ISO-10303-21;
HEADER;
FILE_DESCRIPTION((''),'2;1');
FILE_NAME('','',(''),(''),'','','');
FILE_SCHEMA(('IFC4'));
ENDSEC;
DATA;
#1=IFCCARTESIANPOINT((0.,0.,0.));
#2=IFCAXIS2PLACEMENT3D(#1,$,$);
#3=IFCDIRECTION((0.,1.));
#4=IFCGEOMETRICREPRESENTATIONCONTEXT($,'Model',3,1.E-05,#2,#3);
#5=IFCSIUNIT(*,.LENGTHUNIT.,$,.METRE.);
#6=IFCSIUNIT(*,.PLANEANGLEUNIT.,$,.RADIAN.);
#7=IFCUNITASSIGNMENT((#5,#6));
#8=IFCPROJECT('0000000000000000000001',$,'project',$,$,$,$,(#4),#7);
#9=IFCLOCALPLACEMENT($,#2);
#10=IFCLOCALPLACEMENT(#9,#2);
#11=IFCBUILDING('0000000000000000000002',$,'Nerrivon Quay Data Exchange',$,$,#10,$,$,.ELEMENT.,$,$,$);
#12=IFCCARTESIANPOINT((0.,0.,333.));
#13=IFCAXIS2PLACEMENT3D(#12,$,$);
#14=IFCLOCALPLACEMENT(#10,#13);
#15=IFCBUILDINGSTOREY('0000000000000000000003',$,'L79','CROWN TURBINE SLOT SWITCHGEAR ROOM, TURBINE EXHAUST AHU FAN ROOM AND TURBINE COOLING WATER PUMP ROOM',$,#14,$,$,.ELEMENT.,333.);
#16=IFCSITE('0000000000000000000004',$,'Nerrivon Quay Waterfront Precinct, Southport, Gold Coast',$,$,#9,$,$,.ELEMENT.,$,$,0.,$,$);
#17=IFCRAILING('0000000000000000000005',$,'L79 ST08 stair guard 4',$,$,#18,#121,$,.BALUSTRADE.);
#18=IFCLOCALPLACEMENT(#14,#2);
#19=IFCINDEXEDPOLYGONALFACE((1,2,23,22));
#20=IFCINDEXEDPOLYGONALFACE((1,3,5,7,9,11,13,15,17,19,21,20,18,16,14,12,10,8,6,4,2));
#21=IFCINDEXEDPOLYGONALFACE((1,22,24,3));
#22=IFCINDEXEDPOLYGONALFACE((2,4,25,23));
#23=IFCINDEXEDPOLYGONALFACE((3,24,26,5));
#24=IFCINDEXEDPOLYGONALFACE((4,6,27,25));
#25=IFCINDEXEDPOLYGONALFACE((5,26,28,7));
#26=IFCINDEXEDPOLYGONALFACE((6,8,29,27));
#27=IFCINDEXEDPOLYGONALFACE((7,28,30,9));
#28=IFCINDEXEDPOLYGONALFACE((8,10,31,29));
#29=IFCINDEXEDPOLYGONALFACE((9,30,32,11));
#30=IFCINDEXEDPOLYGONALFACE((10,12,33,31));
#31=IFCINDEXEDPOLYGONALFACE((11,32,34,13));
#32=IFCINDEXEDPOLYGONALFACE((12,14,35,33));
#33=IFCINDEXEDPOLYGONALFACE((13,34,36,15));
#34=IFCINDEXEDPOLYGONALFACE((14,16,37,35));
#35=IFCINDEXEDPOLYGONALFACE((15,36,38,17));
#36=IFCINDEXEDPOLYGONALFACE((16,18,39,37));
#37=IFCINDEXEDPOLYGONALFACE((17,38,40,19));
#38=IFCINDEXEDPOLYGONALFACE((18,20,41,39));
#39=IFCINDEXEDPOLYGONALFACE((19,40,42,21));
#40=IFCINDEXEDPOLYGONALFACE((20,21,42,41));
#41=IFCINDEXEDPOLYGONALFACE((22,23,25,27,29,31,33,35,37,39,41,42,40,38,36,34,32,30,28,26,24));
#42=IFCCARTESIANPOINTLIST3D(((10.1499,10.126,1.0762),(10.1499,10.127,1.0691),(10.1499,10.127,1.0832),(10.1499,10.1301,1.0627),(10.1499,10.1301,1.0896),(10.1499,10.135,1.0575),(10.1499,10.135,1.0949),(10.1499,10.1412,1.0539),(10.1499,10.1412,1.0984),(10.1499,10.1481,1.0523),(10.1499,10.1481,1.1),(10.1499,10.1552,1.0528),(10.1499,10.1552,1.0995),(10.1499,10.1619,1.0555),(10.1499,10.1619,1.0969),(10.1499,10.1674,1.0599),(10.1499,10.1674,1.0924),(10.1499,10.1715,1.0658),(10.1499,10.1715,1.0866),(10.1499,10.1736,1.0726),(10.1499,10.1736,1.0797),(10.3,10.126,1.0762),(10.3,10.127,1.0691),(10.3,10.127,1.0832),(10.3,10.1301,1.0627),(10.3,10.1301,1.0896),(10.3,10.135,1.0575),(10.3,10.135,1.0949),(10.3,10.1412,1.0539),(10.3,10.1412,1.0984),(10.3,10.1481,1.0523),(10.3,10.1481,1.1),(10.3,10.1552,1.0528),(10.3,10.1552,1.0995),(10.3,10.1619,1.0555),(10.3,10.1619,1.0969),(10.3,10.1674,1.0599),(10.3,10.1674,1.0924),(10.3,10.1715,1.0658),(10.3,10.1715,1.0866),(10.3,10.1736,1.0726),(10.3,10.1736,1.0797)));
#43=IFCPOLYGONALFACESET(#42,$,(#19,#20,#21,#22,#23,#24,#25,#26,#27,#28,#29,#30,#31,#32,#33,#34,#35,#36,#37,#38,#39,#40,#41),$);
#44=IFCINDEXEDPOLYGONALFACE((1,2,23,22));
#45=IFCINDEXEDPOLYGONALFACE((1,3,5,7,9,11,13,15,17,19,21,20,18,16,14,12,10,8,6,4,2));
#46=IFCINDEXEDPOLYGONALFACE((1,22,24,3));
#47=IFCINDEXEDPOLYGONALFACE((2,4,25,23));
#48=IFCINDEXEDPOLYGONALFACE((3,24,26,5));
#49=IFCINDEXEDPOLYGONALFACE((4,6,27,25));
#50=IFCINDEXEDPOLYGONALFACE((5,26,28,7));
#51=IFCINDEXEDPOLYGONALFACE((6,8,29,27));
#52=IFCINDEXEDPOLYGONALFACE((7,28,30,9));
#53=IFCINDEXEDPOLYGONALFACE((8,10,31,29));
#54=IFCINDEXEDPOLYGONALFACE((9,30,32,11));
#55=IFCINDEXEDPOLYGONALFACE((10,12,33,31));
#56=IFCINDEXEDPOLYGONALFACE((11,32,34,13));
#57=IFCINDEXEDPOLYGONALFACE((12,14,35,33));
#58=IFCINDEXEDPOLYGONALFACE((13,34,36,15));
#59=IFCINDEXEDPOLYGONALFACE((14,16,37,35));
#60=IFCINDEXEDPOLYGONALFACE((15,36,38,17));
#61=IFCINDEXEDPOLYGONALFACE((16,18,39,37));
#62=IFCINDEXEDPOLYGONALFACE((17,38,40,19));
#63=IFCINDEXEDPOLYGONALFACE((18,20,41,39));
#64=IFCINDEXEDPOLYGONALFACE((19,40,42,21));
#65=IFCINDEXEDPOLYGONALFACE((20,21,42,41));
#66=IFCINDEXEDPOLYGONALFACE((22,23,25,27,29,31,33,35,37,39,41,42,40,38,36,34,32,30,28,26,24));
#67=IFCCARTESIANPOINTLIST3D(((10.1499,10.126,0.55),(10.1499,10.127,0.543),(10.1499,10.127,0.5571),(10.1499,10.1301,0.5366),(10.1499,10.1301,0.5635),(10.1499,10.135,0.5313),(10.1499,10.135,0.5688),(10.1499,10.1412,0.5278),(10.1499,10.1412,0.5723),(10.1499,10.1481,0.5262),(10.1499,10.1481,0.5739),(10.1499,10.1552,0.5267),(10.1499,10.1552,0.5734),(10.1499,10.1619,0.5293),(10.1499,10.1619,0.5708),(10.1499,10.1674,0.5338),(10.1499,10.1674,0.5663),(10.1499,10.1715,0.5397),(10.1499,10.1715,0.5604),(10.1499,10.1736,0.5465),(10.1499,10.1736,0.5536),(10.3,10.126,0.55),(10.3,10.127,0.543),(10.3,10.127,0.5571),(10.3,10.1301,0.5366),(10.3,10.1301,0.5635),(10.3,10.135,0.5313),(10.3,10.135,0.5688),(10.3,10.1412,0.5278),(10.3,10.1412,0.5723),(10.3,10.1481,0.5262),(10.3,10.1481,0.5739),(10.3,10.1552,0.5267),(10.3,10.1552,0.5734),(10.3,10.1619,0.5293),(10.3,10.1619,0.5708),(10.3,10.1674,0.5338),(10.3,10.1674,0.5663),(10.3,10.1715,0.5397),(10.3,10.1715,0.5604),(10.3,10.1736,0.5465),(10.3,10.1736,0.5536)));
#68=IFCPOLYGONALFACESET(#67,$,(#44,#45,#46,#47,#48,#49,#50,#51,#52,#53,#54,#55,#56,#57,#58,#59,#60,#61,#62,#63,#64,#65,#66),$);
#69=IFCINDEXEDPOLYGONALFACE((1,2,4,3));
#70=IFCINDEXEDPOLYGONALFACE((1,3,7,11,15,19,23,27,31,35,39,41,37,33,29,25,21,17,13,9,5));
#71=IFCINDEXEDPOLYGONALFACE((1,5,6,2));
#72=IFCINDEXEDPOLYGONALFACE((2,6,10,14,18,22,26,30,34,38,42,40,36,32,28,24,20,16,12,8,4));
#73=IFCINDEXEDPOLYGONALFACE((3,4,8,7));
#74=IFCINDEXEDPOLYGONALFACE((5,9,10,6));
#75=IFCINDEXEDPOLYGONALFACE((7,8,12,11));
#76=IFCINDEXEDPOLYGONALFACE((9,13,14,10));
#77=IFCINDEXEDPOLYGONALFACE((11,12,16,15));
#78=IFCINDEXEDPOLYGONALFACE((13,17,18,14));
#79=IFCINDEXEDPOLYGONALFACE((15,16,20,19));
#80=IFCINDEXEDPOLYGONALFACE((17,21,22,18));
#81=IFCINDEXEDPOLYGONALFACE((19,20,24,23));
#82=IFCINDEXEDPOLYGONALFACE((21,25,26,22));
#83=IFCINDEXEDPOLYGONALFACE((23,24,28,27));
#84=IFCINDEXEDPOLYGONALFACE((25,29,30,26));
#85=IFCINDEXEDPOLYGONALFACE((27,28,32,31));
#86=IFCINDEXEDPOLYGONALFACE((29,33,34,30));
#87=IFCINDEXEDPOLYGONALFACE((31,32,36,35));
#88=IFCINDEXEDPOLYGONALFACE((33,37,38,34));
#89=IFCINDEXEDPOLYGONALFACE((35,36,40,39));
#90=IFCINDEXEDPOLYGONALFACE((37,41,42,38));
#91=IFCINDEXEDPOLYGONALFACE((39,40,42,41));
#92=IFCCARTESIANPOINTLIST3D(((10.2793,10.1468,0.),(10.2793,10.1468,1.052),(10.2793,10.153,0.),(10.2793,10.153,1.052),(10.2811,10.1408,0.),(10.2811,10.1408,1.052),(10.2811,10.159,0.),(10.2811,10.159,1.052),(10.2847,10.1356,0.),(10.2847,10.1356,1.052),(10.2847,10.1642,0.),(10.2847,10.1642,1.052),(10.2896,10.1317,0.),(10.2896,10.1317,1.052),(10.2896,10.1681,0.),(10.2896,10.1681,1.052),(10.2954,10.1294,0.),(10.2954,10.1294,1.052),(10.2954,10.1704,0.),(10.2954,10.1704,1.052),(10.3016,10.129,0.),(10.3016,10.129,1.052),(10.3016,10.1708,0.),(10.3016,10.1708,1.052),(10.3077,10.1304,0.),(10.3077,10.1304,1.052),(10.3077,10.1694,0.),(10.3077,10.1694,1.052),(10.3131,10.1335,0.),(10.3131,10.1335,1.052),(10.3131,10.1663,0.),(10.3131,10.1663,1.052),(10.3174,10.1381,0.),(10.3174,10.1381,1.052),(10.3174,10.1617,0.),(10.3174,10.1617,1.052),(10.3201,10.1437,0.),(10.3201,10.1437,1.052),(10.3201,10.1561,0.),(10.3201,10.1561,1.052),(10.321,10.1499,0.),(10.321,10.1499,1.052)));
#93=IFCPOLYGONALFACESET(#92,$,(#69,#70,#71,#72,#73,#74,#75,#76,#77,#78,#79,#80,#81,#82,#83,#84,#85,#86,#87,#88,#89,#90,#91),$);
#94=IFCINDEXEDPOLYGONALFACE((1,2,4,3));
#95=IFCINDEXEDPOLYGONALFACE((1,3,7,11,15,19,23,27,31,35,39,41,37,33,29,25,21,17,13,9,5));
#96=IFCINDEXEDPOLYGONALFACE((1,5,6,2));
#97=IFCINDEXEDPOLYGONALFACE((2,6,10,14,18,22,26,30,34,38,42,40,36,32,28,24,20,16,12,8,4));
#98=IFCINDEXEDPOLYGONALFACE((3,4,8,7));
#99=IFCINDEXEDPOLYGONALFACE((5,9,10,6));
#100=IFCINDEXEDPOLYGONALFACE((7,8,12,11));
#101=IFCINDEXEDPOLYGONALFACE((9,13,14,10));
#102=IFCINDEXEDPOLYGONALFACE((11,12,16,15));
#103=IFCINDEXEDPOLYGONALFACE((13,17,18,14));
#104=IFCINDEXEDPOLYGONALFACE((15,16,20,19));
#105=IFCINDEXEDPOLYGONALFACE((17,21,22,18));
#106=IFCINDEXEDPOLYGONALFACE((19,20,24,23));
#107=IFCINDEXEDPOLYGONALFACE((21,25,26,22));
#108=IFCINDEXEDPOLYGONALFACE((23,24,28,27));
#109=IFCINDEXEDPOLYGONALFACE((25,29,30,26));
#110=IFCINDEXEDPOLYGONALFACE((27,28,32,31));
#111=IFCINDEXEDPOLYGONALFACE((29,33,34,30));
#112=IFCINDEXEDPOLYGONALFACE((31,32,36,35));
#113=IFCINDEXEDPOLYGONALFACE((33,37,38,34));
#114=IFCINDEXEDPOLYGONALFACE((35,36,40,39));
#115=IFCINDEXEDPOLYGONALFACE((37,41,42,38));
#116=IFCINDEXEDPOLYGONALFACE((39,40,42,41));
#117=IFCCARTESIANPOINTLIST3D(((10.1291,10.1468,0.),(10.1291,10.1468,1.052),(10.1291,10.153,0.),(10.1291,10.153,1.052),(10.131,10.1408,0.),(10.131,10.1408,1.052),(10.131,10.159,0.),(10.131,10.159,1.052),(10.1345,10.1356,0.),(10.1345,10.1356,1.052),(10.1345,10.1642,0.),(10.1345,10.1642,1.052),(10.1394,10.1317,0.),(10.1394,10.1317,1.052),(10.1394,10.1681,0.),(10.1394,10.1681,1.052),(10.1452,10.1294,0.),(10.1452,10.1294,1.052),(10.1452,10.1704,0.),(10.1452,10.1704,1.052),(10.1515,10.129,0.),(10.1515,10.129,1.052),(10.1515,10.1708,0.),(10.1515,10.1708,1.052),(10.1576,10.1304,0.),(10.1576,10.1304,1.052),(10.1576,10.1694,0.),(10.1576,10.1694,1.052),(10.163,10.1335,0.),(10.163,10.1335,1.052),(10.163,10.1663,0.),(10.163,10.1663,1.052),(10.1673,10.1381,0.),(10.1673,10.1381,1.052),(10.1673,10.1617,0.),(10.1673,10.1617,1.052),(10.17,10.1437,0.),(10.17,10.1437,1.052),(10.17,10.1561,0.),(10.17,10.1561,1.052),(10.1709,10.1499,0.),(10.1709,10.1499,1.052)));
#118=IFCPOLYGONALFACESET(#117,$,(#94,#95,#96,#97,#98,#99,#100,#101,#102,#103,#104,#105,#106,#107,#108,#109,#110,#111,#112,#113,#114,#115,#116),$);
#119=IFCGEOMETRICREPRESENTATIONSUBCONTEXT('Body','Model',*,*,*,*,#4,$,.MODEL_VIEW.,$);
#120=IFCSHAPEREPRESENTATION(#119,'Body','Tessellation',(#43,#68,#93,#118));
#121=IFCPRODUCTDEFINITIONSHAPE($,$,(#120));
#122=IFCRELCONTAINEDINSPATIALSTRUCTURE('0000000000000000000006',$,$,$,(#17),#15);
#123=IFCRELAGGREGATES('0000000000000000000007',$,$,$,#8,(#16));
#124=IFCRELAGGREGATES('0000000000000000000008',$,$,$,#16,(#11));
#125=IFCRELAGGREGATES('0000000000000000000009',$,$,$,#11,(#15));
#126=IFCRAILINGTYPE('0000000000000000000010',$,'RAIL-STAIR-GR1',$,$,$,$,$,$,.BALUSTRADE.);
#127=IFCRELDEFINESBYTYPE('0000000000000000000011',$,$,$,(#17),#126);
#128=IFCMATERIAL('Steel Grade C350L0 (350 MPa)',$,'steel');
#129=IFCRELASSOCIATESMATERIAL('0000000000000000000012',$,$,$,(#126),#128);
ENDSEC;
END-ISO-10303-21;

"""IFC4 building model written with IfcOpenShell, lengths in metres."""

from ifc_helpers import new_model, si_unit, direction, frame, origin, origin_2d, place, context, subcontext, project, spatial, circle, extrude, material, type_object, element, save


model = new_model("IFC4")

# Units and contexts
model_context = context("Model", 3, precision=1e-05, world=origin(), true_north=direction((0.0, 1.0)))
body_context = subcontext(model_context, "Body", "Model", "MODEL_VIEW")
ifc_project = project(units=[si_unit("LENGTHUNIT", "METRE"), si_unit("PLANEANGLEUNIT", "RADIAN")], contexts=[model_context])

# Site, building, storey
site_placement = place(None, origin())
site = spatial("IfcSite", under=ifc_project, at=site_placement, Name="Nerrivon Quay Waterfront Precinct, Southport, Gold Coast", CompositionType="ELEMENT", RefElevation=0.0)
building_placement = place(site_placement, origin())
building = spatial("IfcBuilding", under=site, at=building_placement, Name="Nerrivon Quay Data Exchange", CompositionType="ELEMENT")
storey_placement = place(building_placement, frame((0.0, 0.0, 333.0)))
storey = spatial("IfcBuildingStorey", under=building, at=storey_placement, Name="L79", Description="CROWN TURBINE SLOT SWITCHGEAR ROOM, TURBINE EXHAUST AHU FAN ROOM AND TURBINE COOLING WATER PUMP ROOM", CompositionType="ELEMENT", Elevation=333.0)

# Shared definitions
ifc_material_1 = material(Name="Steel Grade C350L0 (350 MPa)", Category="steel")

# Railing
railing_type_1 = type_object("IfcRailingType", Name="RAIL-STAIR-GR1", PredefinedType="BALUSTRADE", material=ifc_material_1)
railing_1_placement = place(storey_placement, frame((10.3, 10.1499, 0.0)))
element("IfcRailing", 1, at=railing_1_placement, inside=storey, type_object=railing_type_1, Name="L79 ST08 stair guard 4", PredefinedType="BALUSTRADE", context=body_context, shape_type="SweptSolid", body=[
    extrude(circle(Radius=0.0239, at=origin_2d()), frame((0.0, 0.0, 1.0762), z_axis=(-1.0, 0.0, 0.0), x_axis=(0.0, -1.0, 0.0)), (0.0, 0.0, 1.0), 0.1501),
    extrude(circle(Radius=0.0239, at=origin_2d()), frame((0.0, 0.0, 0.55), z_axis=(-1.0, 0.0, 0.0), x_axis=(0.0, -1.0, 0.0)), (0.0, 0.0, 1.0), 0.1501),
    extrude(circle(Radius=0.021, at=origin_2d()), origin(), (0.0, 0.0, 1.0), 1.052),
    extrude(circle(Radius=0.021, at=origin_2d()), frame((-0.1501, 0.0, 0.0)), (0.0, 0.0, 1.0), 1.052),
])

save(model, "model.ifc")
